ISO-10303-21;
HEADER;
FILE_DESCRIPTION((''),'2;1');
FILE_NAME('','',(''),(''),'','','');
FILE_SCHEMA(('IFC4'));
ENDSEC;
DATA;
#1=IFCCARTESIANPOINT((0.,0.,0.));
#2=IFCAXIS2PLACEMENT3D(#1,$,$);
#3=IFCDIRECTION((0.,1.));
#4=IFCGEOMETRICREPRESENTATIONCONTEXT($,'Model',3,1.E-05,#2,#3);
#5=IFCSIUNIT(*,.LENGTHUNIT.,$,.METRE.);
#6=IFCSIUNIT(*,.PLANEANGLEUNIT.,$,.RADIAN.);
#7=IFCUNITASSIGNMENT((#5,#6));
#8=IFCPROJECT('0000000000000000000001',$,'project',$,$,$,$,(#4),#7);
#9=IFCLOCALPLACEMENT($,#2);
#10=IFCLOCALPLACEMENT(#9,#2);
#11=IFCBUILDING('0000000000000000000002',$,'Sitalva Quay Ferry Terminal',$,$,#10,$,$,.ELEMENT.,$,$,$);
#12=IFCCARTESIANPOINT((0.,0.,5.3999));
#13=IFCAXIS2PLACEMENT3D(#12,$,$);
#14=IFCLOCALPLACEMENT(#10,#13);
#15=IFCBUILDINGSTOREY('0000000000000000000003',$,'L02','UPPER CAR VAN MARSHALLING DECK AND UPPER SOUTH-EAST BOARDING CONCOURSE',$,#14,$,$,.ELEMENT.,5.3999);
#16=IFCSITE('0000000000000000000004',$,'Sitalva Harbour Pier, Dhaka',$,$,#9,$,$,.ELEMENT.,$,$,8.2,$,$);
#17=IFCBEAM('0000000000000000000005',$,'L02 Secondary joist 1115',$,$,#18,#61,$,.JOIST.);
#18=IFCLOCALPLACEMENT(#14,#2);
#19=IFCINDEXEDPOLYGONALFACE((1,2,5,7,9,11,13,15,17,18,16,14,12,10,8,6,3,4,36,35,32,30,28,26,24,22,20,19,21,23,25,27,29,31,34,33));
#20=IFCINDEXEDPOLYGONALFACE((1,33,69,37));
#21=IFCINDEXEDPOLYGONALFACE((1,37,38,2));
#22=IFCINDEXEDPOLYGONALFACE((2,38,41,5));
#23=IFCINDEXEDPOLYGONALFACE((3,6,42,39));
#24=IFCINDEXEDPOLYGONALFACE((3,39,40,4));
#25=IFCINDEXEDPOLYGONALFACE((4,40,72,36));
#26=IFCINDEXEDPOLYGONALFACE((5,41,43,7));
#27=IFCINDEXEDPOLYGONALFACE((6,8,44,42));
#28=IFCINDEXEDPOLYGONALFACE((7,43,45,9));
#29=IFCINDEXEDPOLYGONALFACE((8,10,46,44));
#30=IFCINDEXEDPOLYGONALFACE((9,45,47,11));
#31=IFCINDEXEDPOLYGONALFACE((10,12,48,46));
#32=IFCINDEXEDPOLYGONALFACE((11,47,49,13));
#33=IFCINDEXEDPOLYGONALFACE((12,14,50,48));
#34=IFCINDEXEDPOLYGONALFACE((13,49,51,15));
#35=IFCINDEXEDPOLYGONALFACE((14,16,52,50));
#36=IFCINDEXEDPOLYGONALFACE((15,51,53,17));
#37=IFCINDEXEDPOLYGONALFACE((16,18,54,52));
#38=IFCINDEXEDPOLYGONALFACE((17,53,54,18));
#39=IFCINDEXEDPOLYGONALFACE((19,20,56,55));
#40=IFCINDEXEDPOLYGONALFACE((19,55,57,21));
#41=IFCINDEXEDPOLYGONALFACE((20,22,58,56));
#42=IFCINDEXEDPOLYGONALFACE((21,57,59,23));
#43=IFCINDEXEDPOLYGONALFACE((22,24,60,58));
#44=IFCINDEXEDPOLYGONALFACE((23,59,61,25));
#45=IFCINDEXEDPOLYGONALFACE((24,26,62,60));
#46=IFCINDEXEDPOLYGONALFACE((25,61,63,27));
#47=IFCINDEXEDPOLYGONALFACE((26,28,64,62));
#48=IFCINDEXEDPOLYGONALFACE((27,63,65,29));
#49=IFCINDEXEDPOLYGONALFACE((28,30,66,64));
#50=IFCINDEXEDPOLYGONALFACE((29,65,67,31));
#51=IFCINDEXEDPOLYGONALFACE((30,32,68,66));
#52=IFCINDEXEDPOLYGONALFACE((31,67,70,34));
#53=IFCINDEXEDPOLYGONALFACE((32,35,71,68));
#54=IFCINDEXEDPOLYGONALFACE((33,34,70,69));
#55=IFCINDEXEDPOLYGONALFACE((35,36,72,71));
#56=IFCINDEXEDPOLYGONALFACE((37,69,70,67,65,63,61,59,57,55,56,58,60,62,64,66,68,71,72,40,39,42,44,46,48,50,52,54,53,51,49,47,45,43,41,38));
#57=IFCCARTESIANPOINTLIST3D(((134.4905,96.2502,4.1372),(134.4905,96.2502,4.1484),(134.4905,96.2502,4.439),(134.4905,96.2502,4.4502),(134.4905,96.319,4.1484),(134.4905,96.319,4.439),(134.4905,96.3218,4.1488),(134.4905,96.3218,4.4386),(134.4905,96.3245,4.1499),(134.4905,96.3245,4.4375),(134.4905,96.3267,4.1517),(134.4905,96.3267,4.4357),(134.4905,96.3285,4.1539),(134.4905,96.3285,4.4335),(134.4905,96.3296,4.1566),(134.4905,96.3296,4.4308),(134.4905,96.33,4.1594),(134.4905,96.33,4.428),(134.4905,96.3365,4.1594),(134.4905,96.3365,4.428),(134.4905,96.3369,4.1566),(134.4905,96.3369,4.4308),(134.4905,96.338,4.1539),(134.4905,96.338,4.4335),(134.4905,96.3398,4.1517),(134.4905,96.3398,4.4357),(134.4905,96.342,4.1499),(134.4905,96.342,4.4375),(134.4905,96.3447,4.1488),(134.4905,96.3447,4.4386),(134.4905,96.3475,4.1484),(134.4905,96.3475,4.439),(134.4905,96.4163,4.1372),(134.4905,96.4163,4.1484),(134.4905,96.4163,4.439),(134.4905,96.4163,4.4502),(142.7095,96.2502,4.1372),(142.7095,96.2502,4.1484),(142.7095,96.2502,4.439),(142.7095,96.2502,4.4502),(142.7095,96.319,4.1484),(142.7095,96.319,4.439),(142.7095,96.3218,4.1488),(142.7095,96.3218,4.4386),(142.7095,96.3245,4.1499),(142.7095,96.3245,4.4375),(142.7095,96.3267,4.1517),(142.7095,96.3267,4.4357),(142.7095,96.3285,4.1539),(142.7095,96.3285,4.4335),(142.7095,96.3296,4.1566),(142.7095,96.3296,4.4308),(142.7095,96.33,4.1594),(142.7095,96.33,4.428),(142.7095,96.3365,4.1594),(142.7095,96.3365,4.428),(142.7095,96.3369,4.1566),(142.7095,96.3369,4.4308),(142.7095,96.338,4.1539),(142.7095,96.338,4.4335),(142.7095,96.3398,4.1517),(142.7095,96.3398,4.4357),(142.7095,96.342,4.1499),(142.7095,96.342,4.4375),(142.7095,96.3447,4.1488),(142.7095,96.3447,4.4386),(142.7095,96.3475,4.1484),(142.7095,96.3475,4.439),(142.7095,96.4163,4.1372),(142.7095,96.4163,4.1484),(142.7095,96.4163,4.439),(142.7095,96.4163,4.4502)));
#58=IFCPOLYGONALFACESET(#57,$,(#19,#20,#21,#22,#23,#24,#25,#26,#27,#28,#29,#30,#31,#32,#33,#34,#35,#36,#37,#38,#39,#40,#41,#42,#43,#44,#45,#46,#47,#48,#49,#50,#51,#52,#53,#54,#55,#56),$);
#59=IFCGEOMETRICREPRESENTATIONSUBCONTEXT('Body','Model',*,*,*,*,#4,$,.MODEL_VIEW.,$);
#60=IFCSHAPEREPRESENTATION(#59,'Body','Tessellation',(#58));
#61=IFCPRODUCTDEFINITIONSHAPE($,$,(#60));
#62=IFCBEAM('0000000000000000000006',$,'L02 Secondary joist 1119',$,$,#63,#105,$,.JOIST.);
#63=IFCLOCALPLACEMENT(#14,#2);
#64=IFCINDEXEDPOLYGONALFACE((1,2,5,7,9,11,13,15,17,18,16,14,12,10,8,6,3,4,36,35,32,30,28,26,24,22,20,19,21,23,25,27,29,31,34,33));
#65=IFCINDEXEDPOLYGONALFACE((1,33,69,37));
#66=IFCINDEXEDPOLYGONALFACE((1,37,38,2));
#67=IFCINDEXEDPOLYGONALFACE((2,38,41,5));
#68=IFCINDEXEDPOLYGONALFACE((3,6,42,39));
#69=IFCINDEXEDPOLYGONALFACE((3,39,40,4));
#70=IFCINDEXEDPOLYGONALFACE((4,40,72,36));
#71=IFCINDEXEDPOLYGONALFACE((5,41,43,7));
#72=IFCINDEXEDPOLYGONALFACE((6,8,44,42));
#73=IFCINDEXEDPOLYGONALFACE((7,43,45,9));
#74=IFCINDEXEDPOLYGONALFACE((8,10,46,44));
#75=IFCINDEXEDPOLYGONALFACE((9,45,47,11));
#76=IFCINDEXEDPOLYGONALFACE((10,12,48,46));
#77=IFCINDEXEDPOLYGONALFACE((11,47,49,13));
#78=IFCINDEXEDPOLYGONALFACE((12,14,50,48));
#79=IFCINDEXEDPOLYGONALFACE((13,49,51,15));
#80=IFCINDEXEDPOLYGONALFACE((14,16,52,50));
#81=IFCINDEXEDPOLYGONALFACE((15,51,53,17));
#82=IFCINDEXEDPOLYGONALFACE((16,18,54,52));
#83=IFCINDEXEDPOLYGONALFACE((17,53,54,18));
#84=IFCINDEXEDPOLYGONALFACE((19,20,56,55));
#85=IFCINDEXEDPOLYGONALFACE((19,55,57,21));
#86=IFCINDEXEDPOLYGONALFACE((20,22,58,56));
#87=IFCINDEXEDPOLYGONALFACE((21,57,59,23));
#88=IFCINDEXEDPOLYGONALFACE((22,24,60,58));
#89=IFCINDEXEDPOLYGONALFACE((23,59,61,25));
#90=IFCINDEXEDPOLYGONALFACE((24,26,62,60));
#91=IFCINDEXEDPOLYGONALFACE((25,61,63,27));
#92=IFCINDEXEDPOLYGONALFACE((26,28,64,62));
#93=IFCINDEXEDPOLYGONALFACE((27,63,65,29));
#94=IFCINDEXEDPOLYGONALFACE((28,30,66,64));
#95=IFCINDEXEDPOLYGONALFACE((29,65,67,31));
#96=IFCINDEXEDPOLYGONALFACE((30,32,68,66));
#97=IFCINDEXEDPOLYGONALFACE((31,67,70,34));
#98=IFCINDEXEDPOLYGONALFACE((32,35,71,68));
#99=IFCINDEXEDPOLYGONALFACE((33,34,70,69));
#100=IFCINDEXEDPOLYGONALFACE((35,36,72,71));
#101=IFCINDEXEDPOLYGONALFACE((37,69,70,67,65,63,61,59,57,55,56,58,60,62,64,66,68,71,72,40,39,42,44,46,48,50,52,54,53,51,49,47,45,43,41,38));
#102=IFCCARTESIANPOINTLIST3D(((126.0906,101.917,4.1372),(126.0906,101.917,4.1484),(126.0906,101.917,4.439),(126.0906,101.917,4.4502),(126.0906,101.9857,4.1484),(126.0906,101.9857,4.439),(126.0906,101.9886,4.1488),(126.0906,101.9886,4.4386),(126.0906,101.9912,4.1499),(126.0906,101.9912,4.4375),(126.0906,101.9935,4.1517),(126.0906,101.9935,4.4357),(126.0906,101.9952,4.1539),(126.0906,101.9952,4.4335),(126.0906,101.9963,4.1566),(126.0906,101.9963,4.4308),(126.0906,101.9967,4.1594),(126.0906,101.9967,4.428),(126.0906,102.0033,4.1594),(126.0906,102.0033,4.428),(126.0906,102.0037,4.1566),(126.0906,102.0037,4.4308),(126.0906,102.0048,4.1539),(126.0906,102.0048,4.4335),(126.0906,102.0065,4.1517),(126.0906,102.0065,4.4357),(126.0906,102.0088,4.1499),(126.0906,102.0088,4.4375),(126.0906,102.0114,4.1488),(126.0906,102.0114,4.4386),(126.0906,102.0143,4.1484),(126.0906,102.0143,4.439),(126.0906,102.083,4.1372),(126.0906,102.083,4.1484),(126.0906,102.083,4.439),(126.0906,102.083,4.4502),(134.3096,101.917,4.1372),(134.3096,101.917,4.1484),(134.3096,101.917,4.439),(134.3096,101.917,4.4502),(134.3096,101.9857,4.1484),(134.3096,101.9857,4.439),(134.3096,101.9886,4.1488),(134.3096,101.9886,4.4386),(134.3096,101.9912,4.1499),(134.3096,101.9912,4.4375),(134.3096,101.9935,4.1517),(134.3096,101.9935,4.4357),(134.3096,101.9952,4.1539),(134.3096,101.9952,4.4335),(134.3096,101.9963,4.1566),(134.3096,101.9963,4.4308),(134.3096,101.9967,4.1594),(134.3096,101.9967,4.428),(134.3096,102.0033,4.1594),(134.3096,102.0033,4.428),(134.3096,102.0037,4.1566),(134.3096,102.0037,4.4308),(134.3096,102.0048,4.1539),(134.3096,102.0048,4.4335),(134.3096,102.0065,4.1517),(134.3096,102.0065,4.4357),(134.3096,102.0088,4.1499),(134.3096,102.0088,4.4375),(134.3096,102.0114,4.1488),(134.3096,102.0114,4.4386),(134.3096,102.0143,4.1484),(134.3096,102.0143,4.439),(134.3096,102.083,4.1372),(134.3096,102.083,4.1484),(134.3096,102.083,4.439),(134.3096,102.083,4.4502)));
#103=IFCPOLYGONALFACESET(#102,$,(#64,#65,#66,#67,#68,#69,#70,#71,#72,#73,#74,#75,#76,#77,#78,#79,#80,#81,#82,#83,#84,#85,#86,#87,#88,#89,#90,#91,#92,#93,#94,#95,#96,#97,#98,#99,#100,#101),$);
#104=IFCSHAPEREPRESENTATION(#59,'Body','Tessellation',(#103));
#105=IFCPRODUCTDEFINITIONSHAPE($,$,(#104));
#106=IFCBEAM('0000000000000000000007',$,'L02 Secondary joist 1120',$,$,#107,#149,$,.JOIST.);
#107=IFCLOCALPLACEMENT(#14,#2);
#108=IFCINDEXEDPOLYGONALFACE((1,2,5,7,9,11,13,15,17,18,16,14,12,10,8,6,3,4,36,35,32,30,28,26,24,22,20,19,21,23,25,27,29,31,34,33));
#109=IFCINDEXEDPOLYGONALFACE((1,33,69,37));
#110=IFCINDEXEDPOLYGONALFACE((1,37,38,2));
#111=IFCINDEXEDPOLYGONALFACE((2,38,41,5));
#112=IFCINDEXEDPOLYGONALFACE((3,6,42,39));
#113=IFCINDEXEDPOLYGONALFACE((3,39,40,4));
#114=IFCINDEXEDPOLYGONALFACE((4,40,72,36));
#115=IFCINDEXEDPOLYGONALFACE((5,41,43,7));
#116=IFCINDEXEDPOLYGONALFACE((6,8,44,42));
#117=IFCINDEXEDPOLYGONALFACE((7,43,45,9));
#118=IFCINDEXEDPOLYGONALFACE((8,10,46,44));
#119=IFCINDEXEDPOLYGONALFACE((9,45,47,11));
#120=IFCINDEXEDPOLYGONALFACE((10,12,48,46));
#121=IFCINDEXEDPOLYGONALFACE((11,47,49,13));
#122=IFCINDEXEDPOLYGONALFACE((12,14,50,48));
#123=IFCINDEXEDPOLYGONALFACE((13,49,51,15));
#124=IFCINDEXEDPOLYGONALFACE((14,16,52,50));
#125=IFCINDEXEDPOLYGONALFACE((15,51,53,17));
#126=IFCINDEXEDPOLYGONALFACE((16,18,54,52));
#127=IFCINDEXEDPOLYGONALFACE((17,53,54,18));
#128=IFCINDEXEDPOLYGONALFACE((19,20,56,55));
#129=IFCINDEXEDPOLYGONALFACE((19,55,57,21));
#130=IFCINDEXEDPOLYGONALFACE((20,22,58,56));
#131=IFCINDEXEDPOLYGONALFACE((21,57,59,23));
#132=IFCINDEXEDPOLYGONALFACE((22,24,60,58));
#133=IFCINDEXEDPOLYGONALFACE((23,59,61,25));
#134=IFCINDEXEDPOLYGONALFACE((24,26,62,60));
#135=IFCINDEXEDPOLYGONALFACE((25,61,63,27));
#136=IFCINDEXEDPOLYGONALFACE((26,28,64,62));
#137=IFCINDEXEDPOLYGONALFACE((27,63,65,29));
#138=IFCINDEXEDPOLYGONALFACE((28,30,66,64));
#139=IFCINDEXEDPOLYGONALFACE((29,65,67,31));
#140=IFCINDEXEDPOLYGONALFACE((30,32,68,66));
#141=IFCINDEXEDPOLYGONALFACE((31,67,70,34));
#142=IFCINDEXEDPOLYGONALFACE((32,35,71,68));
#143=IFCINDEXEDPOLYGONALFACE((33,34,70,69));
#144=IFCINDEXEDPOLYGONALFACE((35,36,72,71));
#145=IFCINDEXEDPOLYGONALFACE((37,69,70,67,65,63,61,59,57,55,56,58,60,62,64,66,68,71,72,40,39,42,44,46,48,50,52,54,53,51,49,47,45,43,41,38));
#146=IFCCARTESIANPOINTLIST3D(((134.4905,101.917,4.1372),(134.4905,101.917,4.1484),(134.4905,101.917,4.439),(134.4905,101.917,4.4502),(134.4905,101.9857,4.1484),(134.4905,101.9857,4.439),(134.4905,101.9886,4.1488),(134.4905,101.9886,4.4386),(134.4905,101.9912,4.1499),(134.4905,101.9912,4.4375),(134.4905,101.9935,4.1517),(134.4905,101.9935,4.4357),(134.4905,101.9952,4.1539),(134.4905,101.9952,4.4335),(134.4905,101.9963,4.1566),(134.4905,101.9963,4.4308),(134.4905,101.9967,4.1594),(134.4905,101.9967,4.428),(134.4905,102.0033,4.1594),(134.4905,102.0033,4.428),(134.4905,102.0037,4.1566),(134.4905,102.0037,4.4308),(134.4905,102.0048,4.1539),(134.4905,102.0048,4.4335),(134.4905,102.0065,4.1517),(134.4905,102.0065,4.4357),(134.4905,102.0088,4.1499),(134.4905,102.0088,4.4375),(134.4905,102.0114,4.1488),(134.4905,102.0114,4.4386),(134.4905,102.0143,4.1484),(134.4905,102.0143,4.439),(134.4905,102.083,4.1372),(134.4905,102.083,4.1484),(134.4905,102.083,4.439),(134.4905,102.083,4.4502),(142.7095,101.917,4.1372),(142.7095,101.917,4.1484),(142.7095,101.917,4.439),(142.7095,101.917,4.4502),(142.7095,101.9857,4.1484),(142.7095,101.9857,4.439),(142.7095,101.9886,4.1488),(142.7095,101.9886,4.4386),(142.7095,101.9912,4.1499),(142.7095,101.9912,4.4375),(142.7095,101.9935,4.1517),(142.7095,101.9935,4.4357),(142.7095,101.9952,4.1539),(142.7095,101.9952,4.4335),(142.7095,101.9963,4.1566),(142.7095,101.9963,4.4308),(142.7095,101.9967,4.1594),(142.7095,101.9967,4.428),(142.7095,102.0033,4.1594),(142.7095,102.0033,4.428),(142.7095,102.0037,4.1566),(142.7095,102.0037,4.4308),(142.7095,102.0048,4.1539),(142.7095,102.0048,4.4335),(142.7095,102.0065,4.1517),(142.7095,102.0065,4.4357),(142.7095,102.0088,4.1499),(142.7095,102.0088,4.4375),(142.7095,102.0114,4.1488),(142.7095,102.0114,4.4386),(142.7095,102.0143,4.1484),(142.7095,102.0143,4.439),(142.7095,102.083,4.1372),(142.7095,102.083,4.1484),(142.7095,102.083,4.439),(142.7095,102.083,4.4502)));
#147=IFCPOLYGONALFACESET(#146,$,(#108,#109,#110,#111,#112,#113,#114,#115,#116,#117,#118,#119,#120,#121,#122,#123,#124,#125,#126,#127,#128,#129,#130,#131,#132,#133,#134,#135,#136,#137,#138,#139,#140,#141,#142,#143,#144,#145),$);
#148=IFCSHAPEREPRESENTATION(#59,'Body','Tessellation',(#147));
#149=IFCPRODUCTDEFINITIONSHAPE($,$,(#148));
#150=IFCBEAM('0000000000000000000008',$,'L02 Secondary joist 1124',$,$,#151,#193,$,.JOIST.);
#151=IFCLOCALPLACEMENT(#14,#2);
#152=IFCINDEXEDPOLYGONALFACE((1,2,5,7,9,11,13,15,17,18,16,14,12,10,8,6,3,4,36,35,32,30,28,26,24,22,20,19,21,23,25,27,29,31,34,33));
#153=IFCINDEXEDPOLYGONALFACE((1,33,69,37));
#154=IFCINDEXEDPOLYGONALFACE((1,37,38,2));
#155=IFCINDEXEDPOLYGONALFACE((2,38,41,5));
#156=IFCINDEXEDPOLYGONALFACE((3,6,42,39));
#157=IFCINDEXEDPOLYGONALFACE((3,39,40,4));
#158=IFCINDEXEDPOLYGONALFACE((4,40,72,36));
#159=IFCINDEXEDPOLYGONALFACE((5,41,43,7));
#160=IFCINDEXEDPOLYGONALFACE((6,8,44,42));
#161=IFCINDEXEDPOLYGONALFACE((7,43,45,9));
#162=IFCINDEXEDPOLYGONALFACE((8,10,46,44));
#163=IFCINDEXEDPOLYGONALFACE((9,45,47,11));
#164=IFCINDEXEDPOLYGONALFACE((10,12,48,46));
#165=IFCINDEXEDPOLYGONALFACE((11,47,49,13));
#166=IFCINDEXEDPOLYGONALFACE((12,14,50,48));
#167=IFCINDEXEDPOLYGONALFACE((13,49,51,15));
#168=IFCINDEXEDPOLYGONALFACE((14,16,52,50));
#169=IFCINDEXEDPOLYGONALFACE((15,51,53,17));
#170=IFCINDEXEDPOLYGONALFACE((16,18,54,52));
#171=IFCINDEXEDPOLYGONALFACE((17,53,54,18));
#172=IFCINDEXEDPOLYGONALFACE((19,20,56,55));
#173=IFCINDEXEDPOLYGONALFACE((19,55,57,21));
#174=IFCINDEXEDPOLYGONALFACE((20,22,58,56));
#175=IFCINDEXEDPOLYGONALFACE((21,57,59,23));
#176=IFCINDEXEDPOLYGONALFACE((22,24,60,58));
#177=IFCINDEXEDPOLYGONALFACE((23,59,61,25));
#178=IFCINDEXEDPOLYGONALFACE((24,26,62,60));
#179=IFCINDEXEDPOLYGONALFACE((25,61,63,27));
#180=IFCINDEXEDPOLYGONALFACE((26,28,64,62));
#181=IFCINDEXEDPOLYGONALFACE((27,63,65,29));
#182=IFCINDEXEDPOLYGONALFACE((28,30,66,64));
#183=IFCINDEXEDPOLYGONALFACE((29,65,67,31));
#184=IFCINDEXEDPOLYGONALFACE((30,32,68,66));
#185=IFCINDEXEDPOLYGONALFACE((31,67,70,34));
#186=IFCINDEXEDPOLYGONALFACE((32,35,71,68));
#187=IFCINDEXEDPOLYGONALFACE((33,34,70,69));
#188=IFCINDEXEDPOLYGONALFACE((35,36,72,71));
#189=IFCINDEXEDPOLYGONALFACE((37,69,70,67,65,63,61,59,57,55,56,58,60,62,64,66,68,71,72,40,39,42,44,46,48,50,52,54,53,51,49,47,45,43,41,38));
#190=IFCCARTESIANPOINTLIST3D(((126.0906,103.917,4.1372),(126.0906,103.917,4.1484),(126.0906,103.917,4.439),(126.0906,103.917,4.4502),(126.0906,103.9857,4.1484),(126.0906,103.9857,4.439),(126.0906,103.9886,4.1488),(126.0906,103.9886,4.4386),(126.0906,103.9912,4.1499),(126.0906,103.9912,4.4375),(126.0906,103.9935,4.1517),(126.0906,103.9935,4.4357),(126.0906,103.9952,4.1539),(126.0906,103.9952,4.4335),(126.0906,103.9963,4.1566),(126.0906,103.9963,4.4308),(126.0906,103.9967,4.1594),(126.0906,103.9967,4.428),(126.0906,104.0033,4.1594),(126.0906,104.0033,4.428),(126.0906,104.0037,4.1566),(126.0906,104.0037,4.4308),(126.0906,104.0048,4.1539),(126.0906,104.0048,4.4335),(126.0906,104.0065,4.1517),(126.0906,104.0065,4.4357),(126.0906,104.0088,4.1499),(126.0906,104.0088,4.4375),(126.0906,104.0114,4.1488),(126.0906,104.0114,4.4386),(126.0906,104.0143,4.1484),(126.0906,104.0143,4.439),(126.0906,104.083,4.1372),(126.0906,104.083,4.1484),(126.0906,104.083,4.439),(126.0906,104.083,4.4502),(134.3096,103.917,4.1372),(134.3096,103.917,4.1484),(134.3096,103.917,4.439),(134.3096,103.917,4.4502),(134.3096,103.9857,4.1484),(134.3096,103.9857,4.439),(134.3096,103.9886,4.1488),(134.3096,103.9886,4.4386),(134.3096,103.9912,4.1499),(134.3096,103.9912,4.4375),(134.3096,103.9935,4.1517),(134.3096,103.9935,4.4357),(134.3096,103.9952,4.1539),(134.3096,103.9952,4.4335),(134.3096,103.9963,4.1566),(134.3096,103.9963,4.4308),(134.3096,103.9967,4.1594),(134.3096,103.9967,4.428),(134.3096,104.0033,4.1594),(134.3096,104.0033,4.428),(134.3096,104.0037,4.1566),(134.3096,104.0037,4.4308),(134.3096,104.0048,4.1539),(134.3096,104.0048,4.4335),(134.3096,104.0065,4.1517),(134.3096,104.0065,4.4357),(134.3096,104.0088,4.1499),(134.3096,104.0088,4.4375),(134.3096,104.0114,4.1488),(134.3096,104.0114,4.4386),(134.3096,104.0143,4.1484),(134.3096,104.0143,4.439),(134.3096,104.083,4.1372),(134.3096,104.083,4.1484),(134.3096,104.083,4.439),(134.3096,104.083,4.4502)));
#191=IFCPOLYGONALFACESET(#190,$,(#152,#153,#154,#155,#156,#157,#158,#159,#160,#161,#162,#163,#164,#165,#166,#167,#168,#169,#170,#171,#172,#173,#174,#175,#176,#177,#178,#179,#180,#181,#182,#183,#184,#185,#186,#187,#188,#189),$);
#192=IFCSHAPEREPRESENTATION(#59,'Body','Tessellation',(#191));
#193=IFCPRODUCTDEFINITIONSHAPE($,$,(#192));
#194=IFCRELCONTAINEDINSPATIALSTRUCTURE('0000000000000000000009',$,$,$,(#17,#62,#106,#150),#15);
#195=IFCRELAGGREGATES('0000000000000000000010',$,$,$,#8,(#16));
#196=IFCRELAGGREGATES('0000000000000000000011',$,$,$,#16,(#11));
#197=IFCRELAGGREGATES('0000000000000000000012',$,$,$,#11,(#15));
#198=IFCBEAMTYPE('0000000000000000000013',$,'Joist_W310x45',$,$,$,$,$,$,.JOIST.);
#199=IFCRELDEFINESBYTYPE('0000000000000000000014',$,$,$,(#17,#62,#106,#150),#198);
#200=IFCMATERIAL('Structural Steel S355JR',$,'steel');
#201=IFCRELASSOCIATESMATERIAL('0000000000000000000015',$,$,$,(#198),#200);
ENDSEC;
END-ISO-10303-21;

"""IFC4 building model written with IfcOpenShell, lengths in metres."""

from ifc_helpers import new_model, si_unit, direction, frame, origin, origin_2d, place, context, subcontext, project, spatial, i_section, extrude, material, material_profile, profile_set, type_object, element, save


model = new_model("IFC4")

# Units and contexts
model_context = context("Model", 3, precision=1e-05, world=origin(), true_north=direction((0.0, 1.0)))
body_context = subcontext(model_context, "Body", "Model", "MODEL_VIEW")
ifc_project = project(units=[si_unit("LENGTHUNIT", "METRE"), si_unit("PLANEANGLEUNIT", "RADIAN")], contexts=[model_context])

# Site, building, storey
site_placement = place(None, origin())
site = spatial("IfcSite", under=ifc_project, at=site_placement, Name="Sitalva Harbour Pier, Dhaka", CompositionType="ELEMENT", RefElevation=8.2)
building_placement = place(site_placement, origin())
building = spatial("IfcBuilding", under=site, at=building_placement, Name="Sitalva Quay Ferry Terminal", CompositionType="ELEMENT")
storey_placement = place(building_placement, frame((0.0, 0.0, 5.3999)))
storey = spatial("IfcBuildingStorey", under=building, at=storey_placement, Name="L02", Description="UPPER CAR VAN MARSHALLING DECK AND UPPER SOUTH-EAST BOARDING CONCOURSE", CompositionType="ELEMENT", Elevation=5.3999)

# Beams
ifc_material_1 = material(Name="Structural Steel S355JR", Category="steel")
ifc_material_profile_1 = material_profile(ifc_material_1, i_section(OverallWidth=0.166, OverallDepth=0.313, WebThickness=0.0066, FlangeThickness=0.0112, FilletRadius=0.011, at=origin_2d()), Name="W310x45")
ifc_profile_set_1 = profile_set([ifc_material_profile_1], Name="Structural Steel S355JR")
beam_type_1 = type_object("IfcBeamType", Name="Joist_W310x45", PredefinedType="JOIST", material=ifc_profile_set_1)
for number, where, z_axis, x_axis, name in (
    (1, (134.4905, 96.3333, 4.2937), (1.0, 0.0, 0.0), (0.0, 1.0, 0.0), "L02 Secondary joist 1115"),
    (2, (126.0906, 102.0, 4.2937), (1.0, 0.0, 0.0), (0.0, 1.0, 0.0), "L02 Secondary joist 1119"),
    (3, (134.4905, 102.0, 4.2937), (1.0, 0.0, 0.0), (0.0, 1.0, 0.0), "L02 Secondary joist 1120"),
    (4, (126.0906, 104.0, 4.2937), (1.0, 0.0, 0.0), (0.0, 1.0, 0.0), "L02 Secondary joist 1124"),
):
    element("IfcBeam", number, at=place(storey_placement, frame(where, z_axis=z_axis, x_axis=x_axis)), inside=storey, type_object=beam_type_1, Name=name, PredefinedType="JOIST", context=body_context, shape_type="SweptSolid", body=[
        extrude(i_section(OverallWidth=0.166, OverallDepth=0.313, WebThickness=0.0066, FlangeThickness=0.0112, FilletRadius=0.011, at=origin_2d()), origin(), (0.0, 0.0, 1.0), 8.219),
    ])

save(model, "model.ifc")
